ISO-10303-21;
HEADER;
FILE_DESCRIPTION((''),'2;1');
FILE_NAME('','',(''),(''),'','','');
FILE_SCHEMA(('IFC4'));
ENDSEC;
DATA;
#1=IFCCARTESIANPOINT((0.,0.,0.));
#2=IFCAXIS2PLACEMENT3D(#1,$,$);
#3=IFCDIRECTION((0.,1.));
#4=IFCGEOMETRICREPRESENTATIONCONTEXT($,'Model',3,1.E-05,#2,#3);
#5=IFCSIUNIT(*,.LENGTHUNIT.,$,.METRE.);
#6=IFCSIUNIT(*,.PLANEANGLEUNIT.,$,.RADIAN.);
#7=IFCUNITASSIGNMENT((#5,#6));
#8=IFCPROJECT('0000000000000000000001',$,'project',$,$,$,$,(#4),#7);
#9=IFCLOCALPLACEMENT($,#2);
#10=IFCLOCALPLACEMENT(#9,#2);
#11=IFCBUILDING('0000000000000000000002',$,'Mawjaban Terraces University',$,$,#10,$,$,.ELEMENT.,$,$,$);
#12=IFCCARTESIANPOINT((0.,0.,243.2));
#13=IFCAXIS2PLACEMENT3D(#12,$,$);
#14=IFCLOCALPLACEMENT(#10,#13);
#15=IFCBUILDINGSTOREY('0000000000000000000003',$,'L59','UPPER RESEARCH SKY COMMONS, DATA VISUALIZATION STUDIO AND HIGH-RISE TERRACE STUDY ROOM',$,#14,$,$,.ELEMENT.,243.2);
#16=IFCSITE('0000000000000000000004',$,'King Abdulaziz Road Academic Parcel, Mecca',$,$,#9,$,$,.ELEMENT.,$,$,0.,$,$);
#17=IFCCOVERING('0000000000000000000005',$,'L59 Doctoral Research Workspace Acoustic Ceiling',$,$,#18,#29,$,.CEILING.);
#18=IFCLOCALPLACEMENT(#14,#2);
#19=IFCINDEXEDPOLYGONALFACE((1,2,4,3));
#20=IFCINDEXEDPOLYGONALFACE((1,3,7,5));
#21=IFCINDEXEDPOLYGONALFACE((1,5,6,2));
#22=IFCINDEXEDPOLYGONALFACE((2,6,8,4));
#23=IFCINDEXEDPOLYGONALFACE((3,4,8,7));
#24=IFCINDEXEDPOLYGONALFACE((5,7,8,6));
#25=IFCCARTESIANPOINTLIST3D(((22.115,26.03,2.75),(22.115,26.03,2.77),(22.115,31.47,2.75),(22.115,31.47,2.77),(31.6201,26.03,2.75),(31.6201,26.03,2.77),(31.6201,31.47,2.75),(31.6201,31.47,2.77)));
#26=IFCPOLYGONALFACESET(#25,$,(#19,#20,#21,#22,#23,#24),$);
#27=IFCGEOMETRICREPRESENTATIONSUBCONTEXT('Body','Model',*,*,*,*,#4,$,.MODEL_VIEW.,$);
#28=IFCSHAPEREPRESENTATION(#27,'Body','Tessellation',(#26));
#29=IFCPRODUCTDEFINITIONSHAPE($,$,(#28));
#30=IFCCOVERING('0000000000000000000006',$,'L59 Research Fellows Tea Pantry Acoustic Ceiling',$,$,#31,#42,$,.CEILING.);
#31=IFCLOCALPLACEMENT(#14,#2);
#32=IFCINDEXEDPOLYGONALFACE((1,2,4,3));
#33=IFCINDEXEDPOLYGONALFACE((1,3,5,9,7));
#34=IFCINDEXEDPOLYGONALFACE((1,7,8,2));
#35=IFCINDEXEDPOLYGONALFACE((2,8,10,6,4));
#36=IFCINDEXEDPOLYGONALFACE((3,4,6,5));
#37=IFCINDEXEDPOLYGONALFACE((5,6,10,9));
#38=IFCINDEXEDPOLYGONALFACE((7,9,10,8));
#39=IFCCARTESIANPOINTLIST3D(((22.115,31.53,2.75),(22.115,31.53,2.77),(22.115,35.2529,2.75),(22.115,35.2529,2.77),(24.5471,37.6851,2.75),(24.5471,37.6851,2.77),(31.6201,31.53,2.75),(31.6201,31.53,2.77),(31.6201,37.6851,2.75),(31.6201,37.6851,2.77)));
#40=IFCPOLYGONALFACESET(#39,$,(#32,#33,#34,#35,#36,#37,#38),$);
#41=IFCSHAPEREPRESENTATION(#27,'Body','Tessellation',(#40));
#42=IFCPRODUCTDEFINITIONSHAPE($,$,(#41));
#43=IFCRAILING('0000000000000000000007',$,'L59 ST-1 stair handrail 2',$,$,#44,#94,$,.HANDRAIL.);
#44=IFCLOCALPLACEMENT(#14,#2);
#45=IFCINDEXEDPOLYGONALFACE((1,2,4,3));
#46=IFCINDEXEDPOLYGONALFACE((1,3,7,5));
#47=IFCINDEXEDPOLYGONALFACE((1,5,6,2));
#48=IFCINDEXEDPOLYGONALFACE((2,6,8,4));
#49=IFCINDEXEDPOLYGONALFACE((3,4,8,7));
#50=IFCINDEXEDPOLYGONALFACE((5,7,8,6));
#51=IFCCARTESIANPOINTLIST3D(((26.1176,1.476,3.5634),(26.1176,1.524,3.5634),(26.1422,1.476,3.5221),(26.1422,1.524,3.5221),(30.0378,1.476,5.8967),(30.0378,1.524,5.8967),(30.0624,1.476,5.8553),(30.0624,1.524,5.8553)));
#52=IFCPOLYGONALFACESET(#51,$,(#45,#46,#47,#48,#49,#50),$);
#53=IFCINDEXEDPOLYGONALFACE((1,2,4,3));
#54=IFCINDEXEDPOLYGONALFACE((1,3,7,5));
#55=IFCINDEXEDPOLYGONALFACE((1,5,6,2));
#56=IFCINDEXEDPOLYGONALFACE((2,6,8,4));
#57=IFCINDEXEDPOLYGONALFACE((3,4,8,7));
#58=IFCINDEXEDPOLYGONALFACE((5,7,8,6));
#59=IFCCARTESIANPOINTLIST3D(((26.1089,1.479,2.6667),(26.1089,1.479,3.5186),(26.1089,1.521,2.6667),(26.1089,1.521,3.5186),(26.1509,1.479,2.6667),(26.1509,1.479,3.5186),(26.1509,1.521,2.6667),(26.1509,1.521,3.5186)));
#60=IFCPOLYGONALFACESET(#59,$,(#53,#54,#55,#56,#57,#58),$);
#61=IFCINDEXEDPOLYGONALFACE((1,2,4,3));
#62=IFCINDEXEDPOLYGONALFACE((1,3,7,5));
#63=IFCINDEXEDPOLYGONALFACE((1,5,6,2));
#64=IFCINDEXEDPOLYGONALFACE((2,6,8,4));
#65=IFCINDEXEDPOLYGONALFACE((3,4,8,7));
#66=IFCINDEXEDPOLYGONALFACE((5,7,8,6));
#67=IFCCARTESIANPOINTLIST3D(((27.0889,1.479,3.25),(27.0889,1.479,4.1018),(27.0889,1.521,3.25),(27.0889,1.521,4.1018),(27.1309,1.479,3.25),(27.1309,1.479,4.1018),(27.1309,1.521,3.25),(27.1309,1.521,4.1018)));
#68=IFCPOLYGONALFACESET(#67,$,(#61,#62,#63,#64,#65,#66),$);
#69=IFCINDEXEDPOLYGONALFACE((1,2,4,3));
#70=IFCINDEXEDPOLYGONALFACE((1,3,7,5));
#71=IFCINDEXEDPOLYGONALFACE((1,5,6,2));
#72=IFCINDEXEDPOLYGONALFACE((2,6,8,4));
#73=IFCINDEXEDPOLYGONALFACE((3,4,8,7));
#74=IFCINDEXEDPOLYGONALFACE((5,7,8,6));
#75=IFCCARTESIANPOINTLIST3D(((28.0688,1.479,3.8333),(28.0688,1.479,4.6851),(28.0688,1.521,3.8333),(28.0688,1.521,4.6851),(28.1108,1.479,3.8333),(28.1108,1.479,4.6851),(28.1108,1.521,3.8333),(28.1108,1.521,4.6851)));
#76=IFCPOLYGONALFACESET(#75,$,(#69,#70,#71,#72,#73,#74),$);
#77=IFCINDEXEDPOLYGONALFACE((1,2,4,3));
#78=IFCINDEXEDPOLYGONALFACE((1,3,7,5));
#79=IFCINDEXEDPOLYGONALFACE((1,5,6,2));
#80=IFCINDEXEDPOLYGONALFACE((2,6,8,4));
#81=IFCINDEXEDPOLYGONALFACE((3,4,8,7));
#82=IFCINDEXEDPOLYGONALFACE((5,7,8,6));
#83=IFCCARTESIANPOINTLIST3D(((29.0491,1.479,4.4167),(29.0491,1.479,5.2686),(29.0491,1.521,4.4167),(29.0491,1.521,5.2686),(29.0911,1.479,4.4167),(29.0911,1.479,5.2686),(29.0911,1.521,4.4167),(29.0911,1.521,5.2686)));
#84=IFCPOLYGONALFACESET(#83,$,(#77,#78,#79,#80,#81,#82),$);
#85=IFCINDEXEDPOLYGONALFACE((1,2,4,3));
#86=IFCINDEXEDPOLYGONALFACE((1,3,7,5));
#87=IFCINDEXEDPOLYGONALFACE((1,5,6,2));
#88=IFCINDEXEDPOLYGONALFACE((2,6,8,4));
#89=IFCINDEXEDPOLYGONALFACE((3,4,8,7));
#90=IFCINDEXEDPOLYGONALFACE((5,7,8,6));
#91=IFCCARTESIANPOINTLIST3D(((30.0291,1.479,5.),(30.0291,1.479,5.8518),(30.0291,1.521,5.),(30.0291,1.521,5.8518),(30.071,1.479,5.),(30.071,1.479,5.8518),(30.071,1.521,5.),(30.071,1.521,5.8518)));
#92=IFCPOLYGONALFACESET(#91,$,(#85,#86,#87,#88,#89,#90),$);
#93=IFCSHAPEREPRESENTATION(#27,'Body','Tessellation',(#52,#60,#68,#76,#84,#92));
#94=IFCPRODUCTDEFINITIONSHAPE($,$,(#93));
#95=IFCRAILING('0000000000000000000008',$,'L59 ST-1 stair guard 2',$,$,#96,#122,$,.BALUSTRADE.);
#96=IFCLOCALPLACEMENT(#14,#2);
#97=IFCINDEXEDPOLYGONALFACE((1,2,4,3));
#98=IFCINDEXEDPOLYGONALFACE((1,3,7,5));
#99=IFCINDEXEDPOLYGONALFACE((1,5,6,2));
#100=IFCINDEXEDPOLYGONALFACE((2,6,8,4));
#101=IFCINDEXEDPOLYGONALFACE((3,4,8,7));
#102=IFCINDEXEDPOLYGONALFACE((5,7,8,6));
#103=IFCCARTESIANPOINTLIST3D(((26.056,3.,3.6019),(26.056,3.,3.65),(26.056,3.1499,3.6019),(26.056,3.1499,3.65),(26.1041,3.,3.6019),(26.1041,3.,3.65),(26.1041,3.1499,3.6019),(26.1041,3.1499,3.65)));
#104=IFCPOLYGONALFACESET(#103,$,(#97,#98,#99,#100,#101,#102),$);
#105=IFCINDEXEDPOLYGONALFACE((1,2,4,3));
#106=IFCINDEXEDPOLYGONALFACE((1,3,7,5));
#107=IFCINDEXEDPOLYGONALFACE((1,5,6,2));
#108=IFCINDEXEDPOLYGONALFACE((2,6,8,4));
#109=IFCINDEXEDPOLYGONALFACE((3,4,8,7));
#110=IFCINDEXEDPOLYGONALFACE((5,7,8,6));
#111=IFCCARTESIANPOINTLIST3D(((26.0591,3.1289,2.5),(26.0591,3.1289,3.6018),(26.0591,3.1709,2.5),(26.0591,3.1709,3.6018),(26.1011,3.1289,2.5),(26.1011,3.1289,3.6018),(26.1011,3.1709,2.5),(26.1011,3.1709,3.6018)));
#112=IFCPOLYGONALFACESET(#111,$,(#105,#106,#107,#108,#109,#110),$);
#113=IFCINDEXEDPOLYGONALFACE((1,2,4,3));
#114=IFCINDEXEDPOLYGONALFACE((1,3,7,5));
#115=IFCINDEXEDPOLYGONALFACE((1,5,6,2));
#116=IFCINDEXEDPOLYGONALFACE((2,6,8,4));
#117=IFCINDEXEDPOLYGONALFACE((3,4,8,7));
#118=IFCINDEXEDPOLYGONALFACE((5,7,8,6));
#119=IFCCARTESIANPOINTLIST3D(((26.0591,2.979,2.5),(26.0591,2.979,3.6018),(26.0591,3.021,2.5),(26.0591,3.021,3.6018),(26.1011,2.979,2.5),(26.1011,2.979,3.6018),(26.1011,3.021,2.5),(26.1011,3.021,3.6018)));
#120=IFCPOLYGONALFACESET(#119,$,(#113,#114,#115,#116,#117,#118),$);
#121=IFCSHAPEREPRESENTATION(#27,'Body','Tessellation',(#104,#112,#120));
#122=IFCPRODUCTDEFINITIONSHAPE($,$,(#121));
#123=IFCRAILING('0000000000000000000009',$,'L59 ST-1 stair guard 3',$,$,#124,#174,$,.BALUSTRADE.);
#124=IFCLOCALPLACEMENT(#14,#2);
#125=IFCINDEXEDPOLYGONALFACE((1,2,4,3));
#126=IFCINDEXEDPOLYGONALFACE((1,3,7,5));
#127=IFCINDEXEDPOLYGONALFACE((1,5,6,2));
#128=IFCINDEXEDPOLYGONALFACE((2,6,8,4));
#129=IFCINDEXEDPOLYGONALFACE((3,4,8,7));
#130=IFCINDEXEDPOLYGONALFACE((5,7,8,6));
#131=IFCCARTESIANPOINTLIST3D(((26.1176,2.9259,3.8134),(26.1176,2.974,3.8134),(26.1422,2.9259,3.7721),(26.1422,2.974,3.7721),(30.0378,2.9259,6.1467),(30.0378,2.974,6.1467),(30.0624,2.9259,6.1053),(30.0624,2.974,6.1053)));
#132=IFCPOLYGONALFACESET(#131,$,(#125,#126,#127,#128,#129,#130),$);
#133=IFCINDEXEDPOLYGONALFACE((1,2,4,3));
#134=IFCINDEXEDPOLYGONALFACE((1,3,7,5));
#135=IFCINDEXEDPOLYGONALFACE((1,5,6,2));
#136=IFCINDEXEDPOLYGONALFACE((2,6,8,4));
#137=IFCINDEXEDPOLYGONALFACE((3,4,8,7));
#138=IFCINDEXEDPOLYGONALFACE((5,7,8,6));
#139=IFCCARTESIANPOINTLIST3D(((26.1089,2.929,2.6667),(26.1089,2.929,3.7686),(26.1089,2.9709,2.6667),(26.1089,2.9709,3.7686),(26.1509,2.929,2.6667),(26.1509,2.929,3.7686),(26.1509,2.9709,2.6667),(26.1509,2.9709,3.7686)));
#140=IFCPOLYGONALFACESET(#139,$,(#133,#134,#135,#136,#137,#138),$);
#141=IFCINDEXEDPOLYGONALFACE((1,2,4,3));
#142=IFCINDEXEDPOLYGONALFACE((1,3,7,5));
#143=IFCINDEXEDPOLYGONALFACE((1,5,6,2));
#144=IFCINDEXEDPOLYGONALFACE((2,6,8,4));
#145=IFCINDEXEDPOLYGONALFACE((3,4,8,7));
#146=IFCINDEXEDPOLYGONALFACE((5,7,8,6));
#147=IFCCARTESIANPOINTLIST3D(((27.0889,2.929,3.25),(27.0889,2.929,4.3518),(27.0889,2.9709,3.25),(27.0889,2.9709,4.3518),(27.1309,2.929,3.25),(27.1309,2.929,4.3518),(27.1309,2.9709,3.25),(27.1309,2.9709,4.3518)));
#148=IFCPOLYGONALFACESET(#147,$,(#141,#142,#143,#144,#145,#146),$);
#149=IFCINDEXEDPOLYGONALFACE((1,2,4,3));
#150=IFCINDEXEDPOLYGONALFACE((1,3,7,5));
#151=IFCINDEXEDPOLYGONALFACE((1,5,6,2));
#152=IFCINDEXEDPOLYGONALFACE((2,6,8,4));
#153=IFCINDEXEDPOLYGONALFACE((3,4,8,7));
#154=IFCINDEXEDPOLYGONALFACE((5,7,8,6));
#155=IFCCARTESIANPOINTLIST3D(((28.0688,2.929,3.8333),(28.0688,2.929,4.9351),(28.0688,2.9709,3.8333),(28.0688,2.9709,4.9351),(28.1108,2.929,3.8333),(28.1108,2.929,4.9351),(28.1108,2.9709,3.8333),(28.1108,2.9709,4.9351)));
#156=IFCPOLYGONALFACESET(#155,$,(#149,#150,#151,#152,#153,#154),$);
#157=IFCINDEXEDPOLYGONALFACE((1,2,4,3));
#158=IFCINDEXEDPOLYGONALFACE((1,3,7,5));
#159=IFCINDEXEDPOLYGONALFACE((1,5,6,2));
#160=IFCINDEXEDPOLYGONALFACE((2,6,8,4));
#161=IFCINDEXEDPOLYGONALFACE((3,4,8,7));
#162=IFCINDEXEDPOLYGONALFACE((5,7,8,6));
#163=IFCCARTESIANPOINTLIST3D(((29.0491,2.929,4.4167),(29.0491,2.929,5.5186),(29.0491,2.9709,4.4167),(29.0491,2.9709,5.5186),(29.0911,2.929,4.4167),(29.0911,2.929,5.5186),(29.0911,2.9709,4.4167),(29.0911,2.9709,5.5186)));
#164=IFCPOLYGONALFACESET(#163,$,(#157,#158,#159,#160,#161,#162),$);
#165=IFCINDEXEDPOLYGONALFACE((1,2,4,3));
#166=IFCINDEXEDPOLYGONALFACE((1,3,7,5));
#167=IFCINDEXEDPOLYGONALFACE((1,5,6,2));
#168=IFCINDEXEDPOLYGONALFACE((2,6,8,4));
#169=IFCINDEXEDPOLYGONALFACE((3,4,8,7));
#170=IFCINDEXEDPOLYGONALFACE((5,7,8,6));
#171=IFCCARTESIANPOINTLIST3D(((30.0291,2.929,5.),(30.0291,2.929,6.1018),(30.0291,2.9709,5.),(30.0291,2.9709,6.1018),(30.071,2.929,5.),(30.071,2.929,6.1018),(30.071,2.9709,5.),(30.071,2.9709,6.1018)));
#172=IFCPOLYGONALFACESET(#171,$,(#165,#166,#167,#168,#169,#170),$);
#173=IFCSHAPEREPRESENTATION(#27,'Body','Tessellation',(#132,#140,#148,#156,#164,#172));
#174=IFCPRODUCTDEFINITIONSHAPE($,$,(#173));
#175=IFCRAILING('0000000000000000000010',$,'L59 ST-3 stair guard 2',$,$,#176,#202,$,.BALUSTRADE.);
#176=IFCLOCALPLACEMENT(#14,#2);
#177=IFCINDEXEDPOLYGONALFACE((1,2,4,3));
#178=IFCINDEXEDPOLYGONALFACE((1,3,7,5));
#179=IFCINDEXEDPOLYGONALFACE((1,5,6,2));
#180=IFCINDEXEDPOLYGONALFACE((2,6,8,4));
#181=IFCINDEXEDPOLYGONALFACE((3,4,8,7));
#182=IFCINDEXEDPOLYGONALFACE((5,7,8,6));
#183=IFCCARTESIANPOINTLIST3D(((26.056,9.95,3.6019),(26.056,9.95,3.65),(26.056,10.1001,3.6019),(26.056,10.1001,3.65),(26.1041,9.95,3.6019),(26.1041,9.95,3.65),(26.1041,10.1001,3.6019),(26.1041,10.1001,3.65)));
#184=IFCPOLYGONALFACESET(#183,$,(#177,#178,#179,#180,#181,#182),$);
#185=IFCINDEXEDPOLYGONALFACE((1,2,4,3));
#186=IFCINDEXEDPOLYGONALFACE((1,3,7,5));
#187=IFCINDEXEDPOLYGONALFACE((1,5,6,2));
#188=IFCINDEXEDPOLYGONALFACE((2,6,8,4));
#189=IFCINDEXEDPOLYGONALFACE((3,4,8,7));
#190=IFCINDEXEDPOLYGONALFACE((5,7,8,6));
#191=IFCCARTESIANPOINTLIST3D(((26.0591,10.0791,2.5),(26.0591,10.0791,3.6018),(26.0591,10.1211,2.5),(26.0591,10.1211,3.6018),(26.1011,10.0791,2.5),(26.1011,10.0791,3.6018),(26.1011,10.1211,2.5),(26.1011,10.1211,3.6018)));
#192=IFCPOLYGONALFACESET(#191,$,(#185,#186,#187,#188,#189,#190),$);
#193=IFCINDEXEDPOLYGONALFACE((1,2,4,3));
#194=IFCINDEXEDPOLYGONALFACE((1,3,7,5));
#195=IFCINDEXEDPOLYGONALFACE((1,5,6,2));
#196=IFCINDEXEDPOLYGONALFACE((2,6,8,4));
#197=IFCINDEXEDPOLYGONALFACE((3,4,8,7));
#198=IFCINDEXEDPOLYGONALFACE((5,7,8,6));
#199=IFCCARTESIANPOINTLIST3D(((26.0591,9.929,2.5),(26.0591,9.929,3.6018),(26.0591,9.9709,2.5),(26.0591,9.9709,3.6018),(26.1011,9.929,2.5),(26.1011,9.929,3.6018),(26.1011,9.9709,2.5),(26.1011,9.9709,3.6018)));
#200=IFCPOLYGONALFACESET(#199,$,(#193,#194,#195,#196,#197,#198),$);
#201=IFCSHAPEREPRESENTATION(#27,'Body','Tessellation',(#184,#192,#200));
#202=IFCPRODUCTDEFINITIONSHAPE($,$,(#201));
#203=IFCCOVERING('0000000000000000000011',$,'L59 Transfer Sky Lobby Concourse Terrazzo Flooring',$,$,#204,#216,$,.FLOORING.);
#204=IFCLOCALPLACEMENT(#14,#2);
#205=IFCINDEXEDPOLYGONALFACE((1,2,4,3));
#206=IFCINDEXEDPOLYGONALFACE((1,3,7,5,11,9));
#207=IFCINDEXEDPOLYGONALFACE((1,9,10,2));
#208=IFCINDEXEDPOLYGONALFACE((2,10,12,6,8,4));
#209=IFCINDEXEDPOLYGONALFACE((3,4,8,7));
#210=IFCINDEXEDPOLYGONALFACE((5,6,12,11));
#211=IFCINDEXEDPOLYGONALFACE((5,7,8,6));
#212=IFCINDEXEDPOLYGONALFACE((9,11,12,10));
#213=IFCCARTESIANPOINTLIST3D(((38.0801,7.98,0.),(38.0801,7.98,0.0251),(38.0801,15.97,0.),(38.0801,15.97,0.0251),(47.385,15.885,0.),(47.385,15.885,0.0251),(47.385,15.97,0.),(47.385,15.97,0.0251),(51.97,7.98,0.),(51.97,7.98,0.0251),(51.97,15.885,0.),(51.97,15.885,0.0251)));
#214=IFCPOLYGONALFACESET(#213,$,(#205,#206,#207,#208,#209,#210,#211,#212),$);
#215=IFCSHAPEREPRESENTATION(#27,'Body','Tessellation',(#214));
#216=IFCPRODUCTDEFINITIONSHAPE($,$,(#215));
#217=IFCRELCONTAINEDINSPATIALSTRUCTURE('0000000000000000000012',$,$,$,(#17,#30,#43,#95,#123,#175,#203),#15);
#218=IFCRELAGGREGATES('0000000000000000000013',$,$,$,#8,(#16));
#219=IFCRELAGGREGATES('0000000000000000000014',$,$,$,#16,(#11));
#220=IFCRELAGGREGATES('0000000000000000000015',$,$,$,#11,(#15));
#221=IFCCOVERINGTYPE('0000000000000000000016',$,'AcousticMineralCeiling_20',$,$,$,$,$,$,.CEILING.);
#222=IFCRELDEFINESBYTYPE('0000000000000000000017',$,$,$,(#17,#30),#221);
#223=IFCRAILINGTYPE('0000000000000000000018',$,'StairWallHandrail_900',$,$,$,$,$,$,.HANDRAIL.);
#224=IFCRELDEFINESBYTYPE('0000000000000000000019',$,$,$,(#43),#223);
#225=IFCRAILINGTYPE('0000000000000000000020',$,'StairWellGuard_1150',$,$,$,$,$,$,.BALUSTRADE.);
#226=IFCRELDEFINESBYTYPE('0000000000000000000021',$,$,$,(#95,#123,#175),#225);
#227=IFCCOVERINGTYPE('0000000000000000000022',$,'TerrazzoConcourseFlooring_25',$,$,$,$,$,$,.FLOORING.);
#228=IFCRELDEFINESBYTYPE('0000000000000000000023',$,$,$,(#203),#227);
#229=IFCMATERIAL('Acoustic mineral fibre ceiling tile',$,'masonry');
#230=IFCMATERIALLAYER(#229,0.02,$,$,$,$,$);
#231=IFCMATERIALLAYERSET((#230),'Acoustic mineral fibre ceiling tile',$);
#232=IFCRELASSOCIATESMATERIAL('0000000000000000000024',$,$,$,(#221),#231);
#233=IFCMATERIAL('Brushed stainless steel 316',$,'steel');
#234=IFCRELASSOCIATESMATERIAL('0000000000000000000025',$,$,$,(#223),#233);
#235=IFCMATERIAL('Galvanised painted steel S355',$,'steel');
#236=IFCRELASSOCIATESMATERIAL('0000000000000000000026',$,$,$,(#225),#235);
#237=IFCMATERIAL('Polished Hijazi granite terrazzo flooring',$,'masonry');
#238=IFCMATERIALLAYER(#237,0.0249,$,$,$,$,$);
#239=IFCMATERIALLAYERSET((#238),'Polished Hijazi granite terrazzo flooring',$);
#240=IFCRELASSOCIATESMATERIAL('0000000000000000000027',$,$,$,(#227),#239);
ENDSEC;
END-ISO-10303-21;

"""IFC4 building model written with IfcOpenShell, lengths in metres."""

from ifc_helpers import new_model, si_unit, direction, frame, origin, origin_2d, place, context, subcontext, project, spatial, polyline, rectangle, outline, extrude, material, layer, layer_set, type_object, element, save


model = new_model("IFC4")

# Units and contexts
model_context = context("Model", 3, precision=1e-05, world=origin(), true_north=direction((0.0, 1.0)))
body_context = subcontext(model_context, "Body", "Model", "MODEL_VIEW")
ifc_project = project(units=[si_unit("LENGTHUNIT", "METRE"), si_unit("PLANEANGLEUNIT", "RADIAN")], contexts=[model_context])

# Site, building, storey
site_placement = place(None, origin())
site = spatial("IfcSite", under=ifc_project, at=site_placement, Name="King Abdulaziz Road Academic Parcel, Mecca", CompositionType="ELEMENT", RefElevation=0.0)
building_placement = place(site_placement, origin())
building = spatial("IfcBuilding", under=site, at=building_placement, Name="Mawjaban Terraces University", CompositionType="ELEMENT")
storey_placement = place(building_placement, frame((0.0, 0.0, 243.2)))
storey = spatial("IfcBuildingStorey", under=building, at=storey_placement, Name="L59", Description="UPPER RESEARCH SKY COMMONS, DATA VISUALIZATION STUDIO AND HIGH-RISE TERRACE STUDY ROOM", CompositionType="ELEMENT", Elevation=243.2)

# Coverings
ifc_material_1 = material(Name="Acoustic mineral fibre ceiling tile", Category="masonry")
ifc_layer_1 = layer(ifc_material_1, 0.02)
ifc_layer_set_1 = layer_set([ifc_layer_1], Name="Acoustic mineral fibre ceiling tile")
covering_type_1 = type_object("IfcCoveringType", Name="AcousticMineralCeiling_20", PredefinedType="CEILING", material=ifc_layer_set_1)
covering_1_placement = place(storey_placement, frame((0.0, 0.0, 2.75)))
element("IfcCovering", 1, at=covering_1_placement, inside=storey, type_object=covering_type_1, Name="L59 Doctoral Research Workspace Acoustic Ceiling", PredefinedType="CEILING", context=body_context, shape_type="SweptSolid", body=[
    extrude(outline(polyline([(22.115, 31.47), (22.115, 26.03), (31.6201, 26.03), (31.6201, 31.47), (22.115, 31.47)])), origin(), (0.0, 0.0, 1.0), 0.02),
])
covering_2_placement = place(storey_placement, frame((0.0, 0.0, 2.75)))
element("IfcCovering", 2, at=covering_2_placement, inside=storey, type_object=covering_type_1, Name="L59 Research Fellows Tea Pantry Acoustic Ceiling", PredefinedType="CEILING", context=body_context, shape_type="SweptSolid", body=[
    extrude(outline(polyline([(31.6201, 37.6851), (24.5471, 37.6851), (22.115, 35.2529), (22.115, 31.53), (31.6201, 31.53), (31.6201, 37.6851)])), origin(), (0.0, 0.0, 1.0), 0.02),
])

# Railings
ifc_material_2 = material(Name="Brushed stainless steel 316", Category="steel")
railing_type_1 = type_object("IfcRailingType", Name="StairWallHandrail_900", PredefinedType="HANDRAIL", material=ifc_material_2)
railing_1_placement = place(storey_placement, frame((26.1299, 1.5, 2.6667)))
element("IfcRailing", 3, at=railing_1_placement, inside=storey, type_object=railing_type_1, Name="L59 ST-1 stair handrail 2", PredefinedType="HANDRAIL", context=body_context, shape_type="SweptSolid", body=[
    extrude(rectangle(XDim=0.0481, YDim=0.0481, at=origin_2d()), frame((0.0, 0.0, 0.876), z_axis=(0.85931, 0.0, 0.511455), x_axis=(0.0, 1.0, 0.0)), (0.0, 0.0, 1.0), 4.562),
    extrude(rectangle(XDim=0.042, YDim=0.042, at=origin_2d()), origin(), (0.0, 0.0, 1.0), 0.8518),
    extrude(rectangle(XDim=0.042, YDim=0.042, at=origin_2d()), frame((0.98, 0.0, 0.5833)), (0.0, 0.0, 1.0), 0.8518),
    extrude(rectangle(XDim=0.042, YDim=0.042, at=origin_2d()), frame((1.96, 0.0, 1.1665)), (0.0, 0.0, 1.0), 0.8518),
    extrude(rectangle(XDim=0.042, YDim=0.042, at=origin_2d()), frame((2.9402, 0.0, 1.75)), (0.0, 0.0, 1.0), 0.8518),
    extrude(rectangle(XDim=0.042, YDim=0.042, at=origin_2d()), frame((3.9202, 0.0, 2.3333)), (0.0, 0.0, 1.0), 0.8518),
])
ifc_material_3 = material(Name="Galvanised painted steel S355", Category="steel")
railing_type_2 = type_object("IfcRailingType", Name="StairWellGuard_1150", PredefinedType="BALUSTRADE", material=ifc_material_3)
railing_2_placement = place(storey_placement, frame((26.0801, 3.1499, 2.5)))
element("IfcRailing", 4, at=railing_2_placement, inside=storey, type_object=railing_type_2, Name="L59 ST-1 stair guard 2", PredefinedType="BALUSTRADE", context=body_context, shape_type="SweptSolid", body=[
    extrude(rectangle(XDim=0.0481, YDim=0.0481, at=origin_2d()), frame((0.0, 0.0, 1.126), z_axis=(0.0, -1.0, 0.0), x_axis=(1.0, 0.0, 0.0)), (0.0, 0.0, 1.0), 0.1499),
    extrude(rectangle(XDim=0.042, YDim=0.042, at=origin_2d()), origin(), (0.0, 0.0, 1.0), 1.1018),
    extrude(rectangle(XDim=0.042, YDim=0.042, at=origin_2d()), frame((0.0, -0.1499, 0.0)), (0.0, 0.0, 1.0), 1.1018),
])
railing_3_placement = place(storey_placement, frame((26.1299, 2.95, 2.6667)))
element("IfcRailing", 5, at=railing_3_placement, inside=storey, type_object=railing_type_2, Name="L59 ST-1 stair guard 3", PredefinedType="BALUSTRADE", context=body_context, shape_type="SweptSolid", body=[
    extrude(rectangle(XDim=0.0481, YDim=0.0481, at=origin_2d()), frame((0.0, 0.0, 1.126), z_axis=(0.85931, 0.0, 0.511455), x_axis=(0.0, 1.0, 0.0)), (0.0, 0.0, 1.0), 4.562),
    extrude(rectangle(XDim=0.042, YDim=0.042, at=origin_2d()), origin(), (0.0, 0.0, 1.0), 1.1018),
    extrude(rectangle(XDim=0.042, YDim=0.042, at=origin_2d()), frame((0.98, 0.0, 0.5833)), (0.0, 0.0, 1.0), 1.1018),
    extrude(rectangle(XDim=0.042, YDim=0.042, at=origin_2d()), frame((1.96, 0.0, 1.1665)), (0.0, 0.0, 1.0), 1.1018),
    extrude(rectangle(XDim=0.042, YDim=0.042, at=origin_2d()), frame((2.9402, 0.0, 1.75)), (0.0, 0.0, 1.0), 1.1018),
    extrude(rectangle(XDim=0.042, YDim=0.042, at=origin_2d()), frame((3.9202, 0.0, 2.3333)), (0.0, 0.0, 1.0), 1.1018),
])
railing_4_placement = place(storey_placement, frame((26.0801, 10.1001, 2.5)))
element("IfcRailing", 6, at=railing_4_placement, inside=storey, type_object=railing_type_2, Name="L59 ST-3 stair guard 2", PredefinedType="BALUSTRADE", context=body_context, shape_type="SweptSolid", body=[
    extrude(rectangle(XDim=0.0481, YDim=0.0481, at=origin_2d()), frame((0.0, 0.0, 1.126), z_axis=(0.0, -1.0, 0.0), x_axis=(1.0, 0.0, 0.0)), (0.0, 0.0, 1.0), 0.1501),
    extrude(rectangle(XDim=0.042, YDim=0.042, at=origin_2d()), origin(), (0.0, 0.0, 1.0), 1.1018),
    extrude(rectangle(XDim=0.042, YDim=0.042, at=origin_2d()), frame((0.0, -0.1501, 0.0)), (0.0, 0.0, 1.0), 1.1018),
])

# Covering
ifc_material_4 = material(Name="Polished Hijazi granite terrazzo flooring", Category="masonry")
ifc_layer_2 = layer(ifc_material_4, 0.0249)
ifc_layer_set_2 = layer_set([ifc_layer_2], Name="Polished Hijazi granite terrazzo flooring")
covering_type_2 = type_object("IfcCoveringType", Name="TerrazzoConcourseFlooring_25", PredefinedType="FLOORING", material=ifc_layer_set_2)
covering_3_placement = place(storey_placement, origin())
element("IfcCovering", 7, at=covering_3_placement, inside=storey, type_object=covering_type_2, Name="L59 Transfer Sky Lobby Concourse Terrazzo Flooring", PredefinedType="FLOORING", context=body_context, shape_type="SweptSolid", body=[
    extrude(outline(polyline([(51.97, 15.885), (47.385, 15.885), (47.385, 15.97), (38.0801, 15.97), (38.0801, 7.98), (51.97, 7.98), (51.97, 15.885)])), origin(), (0.0, 0.0, 1.0), 0.0251),
])

save(model, "model.ifc")
